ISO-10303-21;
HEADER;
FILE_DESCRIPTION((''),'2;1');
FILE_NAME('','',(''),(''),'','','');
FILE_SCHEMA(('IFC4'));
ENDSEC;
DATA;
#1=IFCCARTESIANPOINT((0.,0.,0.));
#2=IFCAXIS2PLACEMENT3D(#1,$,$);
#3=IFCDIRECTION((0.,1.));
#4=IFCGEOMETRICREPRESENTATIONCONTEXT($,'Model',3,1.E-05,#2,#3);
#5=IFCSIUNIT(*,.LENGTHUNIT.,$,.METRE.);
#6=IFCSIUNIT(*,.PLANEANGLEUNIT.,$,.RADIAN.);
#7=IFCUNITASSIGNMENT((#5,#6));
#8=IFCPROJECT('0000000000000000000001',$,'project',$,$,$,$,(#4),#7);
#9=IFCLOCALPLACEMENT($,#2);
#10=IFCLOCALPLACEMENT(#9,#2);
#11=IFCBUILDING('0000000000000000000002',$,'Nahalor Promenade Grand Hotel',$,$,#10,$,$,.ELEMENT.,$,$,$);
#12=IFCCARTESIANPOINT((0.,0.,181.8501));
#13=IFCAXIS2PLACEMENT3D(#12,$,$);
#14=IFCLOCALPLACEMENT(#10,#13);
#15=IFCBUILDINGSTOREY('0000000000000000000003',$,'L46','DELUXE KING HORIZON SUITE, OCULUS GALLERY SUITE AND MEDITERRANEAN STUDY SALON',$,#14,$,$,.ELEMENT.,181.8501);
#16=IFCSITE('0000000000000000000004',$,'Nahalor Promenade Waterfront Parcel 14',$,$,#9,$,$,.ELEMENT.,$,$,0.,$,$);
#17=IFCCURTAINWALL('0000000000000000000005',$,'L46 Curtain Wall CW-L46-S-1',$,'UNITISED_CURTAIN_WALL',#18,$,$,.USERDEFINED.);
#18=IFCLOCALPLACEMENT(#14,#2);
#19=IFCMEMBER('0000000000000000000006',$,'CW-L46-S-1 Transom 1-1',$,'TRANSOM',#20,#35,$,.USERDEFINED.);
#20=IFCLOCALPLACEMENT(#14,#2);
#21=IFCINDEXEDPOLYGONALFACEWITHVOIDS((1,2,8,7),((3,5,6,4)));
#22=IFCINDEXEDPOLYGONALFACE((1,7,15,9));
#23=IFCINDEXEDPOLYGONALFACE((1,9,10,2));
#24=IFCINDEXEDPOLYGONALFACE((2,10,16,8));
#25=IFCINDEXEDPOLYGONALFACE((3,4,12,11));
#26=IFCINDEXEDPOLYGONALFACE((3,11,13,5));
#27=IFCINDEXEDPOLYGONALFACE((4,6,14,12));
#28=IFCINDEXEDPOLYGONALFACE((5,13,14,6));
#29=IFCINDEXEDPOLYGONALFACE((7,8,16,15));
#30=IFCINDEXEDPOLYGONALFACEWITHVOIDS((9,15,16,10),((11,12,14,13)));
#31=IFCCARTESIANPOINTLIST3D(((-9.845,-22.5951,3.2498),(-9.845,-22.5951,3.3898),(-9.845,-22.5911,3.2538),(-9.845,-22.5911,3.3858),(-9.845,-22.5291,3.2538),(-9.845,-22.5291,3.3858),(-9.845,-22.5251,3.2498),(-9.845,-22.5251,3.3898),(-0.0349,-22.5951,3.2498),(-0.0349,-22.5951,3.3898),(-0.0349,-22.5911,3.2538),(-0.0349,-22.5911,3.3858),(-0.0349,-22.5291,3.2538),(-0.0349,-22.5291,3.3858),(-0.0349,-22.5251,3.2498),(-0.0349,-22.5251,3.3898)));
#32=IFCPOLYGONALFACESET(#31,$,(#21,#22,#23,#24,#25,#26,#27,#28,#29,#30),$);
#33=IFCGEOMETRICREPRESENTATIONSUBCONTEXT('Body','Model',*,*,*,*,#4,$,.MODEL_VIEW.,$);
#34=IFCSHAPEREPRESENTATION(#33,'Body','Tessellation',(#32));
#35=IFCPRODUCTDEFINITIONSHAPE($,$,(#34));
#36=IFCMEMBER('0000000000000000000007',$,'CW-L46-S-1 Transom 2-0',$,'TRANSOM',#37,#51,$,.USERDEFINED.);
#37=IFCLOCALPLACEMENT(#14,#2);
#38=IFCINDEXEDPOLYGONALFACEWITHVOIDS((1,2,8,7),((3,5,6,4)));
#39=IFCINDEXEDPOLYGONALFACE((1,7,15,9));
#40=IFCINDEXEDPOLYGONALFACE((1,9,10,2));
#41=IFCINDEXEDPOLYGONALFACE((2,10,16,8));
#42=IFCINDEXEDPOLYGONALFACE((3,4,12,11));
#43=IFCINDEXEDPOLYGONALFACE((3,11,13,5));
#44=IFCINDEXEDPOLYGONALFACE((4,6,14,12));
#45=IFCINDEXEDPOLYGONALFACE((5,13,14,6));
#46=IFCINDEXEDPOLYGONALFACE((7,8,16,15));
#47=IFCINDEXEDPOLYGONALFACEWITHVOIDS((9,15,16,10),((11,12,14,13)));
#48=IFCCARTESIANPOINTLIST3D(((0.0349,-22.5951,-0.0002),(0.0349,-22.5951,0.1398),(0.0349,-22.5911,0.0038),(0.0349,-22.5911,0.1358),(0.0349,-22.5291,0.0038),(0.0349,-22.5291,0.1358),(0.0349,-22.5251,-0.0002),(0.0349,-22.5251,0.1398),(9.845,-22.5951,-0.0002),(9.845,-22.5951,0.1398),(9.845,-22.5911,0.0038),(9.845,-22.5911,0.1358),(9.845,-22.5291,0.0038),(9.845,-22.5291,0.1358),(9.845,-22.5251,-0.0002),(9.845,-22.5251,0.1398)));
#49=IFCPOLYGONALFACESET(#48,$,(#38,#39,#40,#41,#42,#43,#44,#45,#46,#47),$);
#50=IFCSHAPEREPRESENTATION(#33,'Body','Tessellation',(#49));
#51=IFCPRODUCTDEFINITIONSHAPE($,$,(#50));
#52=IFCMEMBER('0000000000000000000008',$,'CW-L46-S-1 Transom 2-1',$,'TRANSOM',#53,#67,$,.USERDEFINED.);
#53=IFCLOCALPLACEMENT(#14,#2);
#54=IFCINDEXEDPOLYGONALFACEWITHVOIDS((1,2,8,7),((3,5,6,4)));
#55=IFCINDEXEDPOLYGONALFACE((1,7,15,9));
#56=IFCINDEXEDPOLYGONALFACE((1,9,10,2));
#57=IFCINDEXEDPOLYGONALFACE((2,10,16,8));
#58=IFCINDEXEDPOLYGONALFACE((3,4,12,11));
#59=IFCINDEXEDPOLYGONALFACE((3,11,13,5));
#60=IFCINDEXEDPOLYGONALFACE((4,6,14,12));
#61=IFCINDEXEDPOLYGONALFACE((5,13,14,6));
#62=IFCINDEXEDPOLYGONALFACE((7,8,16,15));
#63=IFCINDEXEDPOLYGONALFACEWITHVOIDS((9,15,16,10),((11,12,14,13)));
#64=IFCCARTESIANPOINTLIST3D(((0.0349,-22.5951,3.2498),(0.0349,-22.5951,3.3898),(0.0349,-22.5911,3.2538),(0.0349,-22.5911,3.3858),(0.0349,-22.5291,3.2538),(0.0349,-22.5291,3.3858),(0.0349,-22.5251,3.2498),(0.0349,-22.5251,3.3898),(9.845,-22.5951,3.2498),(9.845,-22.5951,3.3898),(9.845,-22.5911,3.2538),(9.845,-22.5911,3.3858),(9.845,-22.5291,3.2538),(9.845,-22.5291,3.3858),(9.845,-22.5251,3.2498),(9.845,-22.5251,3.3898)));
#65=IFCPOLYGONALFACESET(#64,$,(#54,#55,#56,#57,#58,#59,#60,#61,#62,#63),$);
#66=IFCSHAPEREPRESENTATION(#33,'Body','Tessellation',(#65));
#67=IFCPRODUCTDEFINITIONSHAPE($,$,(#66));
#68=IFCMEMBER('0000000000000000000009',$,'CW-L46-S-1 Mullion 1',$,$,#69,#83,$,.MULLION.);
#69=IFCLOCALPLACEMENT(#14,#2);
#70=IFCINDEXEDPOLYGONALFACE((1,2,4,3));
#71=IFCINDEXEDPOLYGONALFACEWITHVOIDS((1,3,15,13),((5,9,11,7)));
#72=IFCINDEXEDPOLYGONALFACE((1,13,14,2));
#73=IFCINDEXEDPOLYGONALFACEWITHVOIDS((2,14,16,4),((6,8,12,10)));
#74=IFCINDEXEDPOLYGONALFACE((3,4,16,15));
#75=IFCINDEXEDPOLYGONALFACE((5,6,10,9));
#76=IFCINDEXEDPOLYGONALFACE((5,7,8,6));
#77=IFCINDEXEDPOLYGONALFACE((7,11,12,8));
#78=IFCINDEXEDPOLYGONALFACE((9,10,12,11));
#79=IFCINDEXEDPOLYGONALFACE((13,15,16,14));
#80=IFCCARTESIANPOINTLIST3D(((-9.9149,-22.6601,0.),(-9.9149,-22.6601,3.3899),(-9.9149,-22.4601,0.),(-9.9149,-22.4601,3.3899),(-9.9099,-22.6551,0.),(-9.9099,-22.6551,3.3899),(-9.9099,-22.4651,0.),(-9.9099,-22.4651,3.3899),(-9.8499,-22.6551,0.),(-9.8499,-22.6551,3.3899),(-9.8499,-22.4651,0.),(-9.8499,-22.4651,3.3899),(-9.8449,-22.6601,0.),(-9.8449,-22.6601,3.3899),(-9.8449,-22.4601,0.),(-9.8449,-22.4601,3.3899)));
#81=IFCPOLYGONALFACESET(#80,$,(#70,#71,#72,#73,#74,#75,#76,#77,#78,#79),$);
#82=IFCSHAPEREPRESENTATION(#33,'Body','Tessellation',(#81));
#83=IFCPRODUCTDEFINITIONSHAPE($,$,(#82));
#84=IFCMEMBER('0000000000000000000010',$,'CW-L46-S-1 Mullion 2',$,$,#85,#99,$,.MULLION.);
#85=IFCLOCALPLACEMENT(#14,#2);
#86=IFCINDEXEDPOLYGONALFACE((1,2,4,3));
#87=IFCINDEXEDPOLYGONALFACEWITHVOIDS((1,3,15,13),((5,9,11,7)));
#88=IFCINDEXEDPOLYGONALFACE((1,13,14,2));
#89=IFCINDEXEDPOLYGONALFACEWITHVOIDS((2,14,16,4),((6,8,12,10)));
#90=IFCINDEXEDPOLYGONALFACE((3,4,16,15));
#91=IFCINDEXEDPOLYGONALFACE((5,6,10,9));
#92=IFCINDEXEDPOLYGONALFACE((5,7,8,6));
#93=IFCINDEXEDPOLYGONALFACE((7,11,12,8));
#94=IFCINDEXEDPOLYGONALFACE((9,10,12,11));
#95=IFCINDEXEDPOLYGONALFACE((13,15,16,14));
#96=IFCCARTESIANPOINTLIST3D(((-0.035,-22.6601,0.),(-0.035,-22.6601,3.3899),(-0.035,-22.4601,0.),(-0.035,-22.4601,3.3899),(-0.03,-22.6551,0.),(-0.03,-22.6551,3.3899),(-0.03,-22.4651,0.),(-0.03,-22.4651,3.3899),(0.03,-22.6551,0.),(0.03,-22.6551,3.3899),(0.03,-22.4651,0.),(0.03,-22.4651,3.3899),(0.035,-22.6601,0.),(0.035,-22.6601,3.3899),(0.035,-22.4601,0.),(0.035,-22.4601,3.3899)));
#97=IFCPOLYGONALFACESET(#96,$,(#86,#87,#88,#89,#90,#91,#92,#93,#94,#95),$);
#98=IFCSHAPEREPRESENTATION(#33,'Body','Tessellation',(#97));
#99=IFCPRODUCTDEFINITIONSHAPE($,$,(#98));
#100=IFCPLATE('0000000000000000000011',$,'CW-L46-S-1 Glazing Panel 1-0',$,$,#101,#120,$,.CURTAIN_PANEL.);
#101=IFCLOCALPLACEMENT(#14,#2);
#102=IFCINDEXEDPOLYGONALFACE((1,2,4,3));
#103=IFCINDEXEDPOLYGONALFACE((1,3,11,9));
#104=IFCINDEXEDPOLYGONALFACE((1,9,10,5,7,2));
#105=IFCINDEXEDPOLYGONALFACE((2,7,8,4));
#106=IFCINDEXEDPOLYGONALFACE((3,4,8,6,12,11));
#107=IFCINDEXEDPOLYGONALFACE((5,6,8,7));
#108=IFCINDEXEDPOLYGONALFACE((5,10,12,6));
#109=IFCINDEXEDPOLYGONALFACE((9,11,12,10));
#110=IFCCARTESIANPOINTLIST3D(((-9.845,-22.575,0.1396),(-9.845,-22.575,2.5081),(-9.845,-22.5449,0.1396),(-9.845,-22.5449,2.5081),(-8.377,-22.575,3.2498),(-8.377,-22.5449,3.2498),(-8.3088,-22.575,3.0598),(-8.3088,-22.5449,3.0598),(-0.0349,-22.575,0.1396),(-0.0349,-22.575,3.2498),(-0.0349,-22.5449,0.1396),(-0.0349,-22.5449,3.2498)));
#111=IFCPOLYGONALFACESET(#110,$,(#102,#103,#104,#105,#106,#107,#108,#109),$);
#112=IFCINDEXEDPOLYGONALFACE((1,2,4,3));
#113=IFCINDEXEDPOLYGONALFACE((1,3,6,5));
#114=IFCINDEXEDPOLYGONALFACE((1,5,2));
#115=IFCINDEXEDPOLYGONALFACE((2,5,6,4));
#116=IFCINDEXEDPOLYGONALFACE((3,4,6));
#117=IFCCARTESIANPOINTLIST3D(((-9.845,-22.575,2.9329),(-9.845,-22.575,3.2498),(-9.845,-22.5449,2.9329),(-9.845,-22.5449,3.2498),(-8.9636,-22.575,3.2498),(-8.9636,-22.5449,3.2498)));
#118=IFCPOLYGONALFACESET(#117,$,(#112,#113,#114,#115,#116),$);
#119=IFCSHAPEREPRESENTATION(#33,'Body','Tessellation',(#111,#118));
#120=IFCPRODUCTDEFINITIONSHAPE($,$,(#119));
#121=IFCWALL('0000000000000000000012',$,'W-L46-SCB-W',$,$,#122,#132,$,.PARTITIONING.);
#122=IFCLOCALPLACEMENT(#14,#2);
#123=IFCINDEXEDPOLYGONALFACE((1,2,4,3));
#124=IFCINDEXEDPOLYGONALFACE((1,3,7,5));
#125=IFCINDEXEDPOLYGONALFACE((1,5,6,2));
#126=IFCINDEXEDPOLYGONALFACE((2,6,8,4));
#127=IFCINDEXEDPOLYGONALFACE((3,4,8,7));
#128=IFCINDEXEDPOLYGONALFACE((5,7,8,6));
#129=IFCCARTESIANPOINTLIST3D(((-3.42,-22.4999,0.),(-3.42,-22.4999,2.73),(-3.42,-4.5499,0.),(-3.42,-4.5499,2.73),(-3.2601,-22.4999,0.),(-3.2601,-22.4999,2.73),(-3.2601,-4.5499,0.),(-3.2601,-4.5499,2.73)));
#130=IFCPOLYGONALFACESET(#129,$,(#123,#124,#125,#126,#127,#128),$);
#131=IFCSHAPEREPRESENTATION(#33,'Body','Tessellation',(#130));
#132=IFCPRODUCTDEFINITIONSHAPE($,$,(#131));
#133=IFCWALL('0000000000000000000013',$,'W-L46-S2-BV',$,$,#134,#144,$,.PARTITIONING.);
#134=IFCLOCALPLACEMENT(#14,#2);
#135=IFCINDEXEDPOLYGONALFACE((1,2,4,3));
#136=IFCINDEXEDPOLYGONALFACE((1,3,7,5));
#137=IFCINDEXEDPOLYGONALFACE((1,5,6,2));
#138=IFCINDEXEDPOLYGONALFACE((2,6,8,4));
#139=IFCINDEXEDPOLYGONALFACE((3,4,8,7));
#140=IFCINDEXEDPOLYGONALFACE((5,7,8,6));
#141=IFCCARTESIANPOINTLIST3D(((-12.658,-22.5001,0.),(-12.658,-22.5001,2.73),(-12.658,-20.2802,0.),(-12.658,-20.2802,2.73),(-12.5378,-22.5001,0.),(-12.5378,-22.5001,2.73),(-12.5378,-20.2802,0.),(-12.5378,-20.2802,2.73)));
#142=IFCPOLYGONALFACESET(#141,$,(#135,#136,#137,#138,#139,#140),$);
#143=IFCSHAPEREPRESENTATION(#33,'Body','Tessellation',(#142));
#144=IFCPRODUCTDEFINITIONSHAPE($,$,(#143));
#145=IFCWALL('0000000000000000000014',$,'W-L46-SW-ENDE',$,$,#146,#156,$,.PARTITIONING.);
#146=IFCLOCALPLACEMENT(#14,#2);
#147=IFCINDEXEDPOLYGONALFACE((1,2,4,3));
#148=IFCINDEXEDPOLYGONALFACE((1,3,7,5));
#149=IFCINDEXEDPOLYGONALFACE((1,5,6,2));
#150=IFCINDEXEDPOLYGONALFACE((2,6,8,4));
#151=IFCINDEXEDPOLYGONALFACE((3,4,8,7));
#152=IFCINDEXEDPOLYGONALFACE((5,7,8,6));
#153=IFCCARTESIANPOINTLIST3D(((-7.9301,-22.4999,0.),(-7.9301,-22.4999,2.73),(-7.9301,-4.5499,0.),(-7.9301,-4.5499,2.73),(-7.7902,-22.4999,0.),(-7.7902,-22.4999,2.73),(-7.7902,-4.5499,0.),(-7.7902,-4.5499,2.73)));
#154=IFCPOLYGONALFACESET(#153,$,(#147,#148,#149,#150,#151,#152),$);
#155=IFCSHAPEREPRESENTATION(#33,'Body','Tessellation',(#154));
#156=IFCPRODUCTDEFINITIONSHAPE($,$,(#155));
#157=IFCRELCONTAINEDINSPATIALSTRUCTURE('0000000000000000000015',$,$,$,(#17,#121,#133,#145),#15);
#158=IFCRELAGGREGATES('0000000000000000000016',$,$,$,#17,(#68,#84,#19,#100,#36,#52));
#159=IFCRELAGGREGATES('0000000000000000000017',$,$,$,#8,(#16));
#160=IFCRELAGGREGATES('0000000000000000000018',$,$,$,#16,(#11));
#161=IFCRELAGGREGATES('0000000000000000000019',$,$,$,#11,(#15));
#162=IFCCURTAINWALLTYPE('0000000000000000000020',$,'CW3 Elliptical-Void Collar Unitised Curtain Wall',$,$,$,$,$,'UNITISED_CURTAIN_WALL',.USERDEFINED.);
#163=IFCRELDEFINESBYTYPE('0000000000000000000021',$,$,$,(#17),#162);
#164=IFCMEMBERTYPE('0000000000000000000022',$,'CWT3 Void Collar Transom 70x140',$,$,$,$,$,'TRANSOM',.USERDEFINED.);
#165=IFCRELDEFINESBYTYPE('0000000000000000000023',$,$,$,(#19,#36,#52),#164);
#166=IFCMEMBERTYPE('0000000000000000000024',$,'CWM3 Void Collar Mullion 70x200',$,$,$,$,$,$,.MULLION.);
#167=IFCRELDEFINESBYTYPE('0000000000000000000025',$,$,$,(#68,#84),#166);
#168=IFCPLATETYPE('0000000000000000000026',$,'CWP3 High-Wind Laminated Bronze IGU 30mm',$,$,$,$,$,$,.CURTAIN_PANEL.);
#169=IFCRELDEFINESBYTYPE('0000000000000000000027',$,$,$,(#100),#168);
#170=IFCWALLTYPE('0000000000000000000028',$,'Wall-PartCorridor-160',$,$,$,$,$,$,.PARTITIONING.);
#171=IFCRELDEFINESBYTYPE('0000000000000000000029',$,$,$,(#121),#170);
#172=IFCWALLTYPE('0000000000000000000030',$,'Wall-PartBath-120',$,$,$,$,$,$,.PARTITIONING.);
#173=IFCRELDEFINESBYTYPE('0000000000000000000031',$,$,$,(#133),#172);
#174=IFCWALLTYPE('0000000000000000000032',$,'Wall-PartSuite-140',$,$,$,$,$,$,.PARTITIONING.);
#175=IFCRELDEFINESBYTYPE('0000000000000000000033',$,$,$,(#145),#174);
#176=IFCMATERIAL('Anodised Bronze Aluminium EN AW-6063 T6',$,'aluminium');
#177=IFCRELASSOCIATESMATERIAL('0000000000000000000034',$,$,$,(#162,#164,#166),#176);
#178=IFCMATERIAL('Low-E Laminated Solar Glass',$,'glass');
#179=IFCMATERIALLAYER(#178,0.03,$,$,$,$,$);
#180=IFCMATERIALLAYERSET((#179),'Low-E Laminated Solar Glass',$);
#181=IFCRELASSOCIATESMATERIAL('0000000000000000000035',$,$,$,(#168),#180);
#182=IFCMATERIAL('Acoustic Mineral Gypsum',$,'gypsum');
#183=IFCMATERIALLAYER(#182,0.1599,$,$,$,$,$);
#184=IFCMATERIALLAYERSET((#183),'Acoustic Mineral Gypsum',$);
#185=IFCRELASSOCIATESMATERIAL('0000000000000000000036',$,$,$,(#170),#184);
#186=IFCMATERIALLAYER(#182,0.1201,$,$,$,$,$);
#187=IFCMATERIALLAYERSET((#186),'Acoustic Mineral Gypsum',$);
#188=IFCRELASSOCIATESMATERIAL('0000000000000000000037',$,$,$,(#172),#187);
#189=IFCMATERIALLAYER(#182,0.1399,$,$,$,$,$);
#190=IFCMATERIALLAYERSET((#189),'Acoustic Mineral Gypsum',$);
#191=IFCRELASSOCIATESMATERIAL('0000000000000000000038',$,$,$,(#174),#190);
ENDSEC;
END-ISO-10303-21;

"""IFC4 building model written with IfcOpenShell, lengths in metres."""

from ifc_helpers import new_model, si_unit, direction, frame, frame_2d, origin, origin_2d, place, context, subcontext, project, spatial, polyline, rectangle, hollow_rectangle, outline, extrude, source, transform, mapped, material, layer, layer_set, material_profile, profile_set, type_object, element, aggregate, save


model = new_model("IFC4")

# Units and contexts
model_context = context("Model", 3, precision=1e-05, world=origin(), true_north=direction((0.0, 1.0)))
body_context = subcontext(model_context, "Body", "Model", "MODEL_VIEW")
ifc_project = project(units=[si_unit("LENGTHUNIT", "METRE"), si_unit("PLANEANGLEUNIT", "RADIAN")], contexts=[model_context])

# Site, building, storey
site_placement = place(None, origin())
site = spatial("IfcSite", under=ifc_project, at=site_placement, Name="Nahalor Promenade Waterfront Parcel 14", CompositionType="ELEMENT", RefElevation=0.0)
building_placement = place(site_placement, origin())
building = spatial("IfcBuilding", under=site, at=building_placement, Name="Nahalor Promenade Grand Hotel", CompositionType="ELEMENT")
storey_placement = place(building_placement, frame((0.0, 0.0, 181.8501)))
storey = spatial("IfcBuildingStorey", under=building, at=storey_placement, Name="L46", Description="DELUXE KING HORIZON SUITE, OCULUS GALLERY SUITE AND MEDITERRANEAN STUDY SALON", CompositionType="ELEMENT", Elevation=181.8501)

# Curtain wall, members, plate
ifc_material_1 = material(Name="Anodised Bronze Aluminium EN AW-6063 T6", Category="aluminium")
curtain_wall_type = type_object("IfcCurtainWallType", Name="CW3 Elliptical-Void Collar Unitised Curtain Wall", ElementType="UNITISED_CURTAIN_WALL", PredefinedType="USERDEFINED", material=ifc_material_1)
curtain_wall_placement = place(storey_placement, origin())
curtain_wall = element("IfcCurtainWall", 1, at=curtain_wall_placement, inside=storey, type_object=curtain_wall_type, Name="L46 Curtain Wall CW-L46-S-1", ObjectType="UNITISED_CURTAIN_WALL", PredefinedType="USERDEFINED")
ifc_material_profile_1 = material_profile(ifc_material_1, hollow_rectangle(XDim=0.07, YDim=0.14, WallThickness=0.004, at=origin_2d()), Name="CWT 70x140x4")
ifc_profile_set_1 = profile_set([ifc_material_profile_1], Name="Anodised Bronze Aluminium EN AW-6063 T6")
member_type_1 = type_object("IfcMemberType", Name="CWT3 Void Collar Transom 70x140", ElementType="TRANSOM", PredefinedType="USERDEFINED", material=ifc_profile_set_1)
shared_shape_1 = source(origin(), body_context, "Body", "SweptSolid", [
    extrude(hollow_rectangle(XDim=0.07, YDim=0.14, WallThickness=0.004, at=origin_2d()), origin(), (0.0, 0.0, 1.0), 9.8101),
])
member_1_placement = place(storey_placement, frame((-9.845, -22.5601, 3.3198), z_axis=(1.0, 0.0, 0.0), x_axis=(0.0, 1.0, 0.0)))
member_1 = element("IfcMember", 2, at=member_1_placement, type_object=member_type_1, Name="CW-L46-S-1 Transom 1-1", ObjectType="TRANSOM", PredefinedType="USERDEFINED", context=body_context, shape_type="MappedRepresentation", body=[
    mapped(shared_shape_1, transform((0.0, 0.0, 0.0), scale=1.0)),
])
member_2_placement = place(storey_placement, frame((0.0349, -22.5601, 0.0698), z_axis=(1.0, 0.0, 0.0), x_axis=(0.0, 1.0, 0.0)))
member_2 = element("IfcMember", 3, at=member_2_placement, type_object=member_type_1, Name="CW-L46-S-1 Transom 2-0", ObjectType="TRANSOM", PredefinedType="USERDEFINED", context=body_context, shape_type="MappedRepresentation", body=[
    mapped(shared_shape_1, transform((0.0, 0.0, 0.0), scale=1.0)),
])
member_3_placement = place(storey_placement, frame((0.0349, -22.5601, 3.3198), z_axis=(1.0, 0.0, 0.0), x_axis=(0.0, 1.0, 0.0)))
member_3 = element("IfcMember", 4, at=member_3_placement, type_object=member_type_1, Name="CW-L46-S-1 Transom 2-1", ObjectType="TRANSOM", PredefinedType="USERDEFINED", context=body_context, shape_type="MappedRepresentation", body=[
    mapped(shared_shape_1, transform((0.0, 0.0, 0.0), scale=1.0)),
])
ifc_material_profile_2 = material_profile(ifc_material_1, hollow_rectangle(XDim=0.07, YDim=0.2, WallThickness=0.005, at=origin_2d()), Name="CWM 70x200x5")
ifc_profile_set_2 = profile_set([ifc_material_profile_2], Name="Anodised Bronze Aluminium EN AW-6063 T6")
member_type_2 = type_object("IfcMemberType", Name="CWM3 Void Collar Mullion 70x200", PredefinedType="MULLION", material=ifc_profile_set_2)
shared_shape_2 = source(origin(), body_context, "Body", "SweptSolid", [
    extrude(hollow_rectangle(XDim=0.07, YDim=0.2, WallThickness=0.005, at=origin_2d()), origin(), (0.0, 0.0, 1.0), 3.3899),
])
member_4_placement = place(storey_placement, frame((-9.8799, -22.5601, 0.0), z_axis=(0.0, 0.0, 1.0), x_axis=(1.0, 0.0, 0.0)))
member_4 = element("IfcMember", 5, at=member_4_placement, type_object=member_type_2, Name="CW-L46-S-1 Mullion 1", PredefinedType="MULLION", context=body_context, shape_type="MappedRepresentation", body=[
    mapped(shared_shape_2, transform((0.0, 0.0, 0.0), scale=1.0)),
])
member_5_placement = place(storey_placement, frame((0.0, -22.5601, 0.0), z_axis=(0.0, 0.0, 1.0), x_axis=(1.0, 0.0, 0.0)))
member_5 = element("IfcMember", 6, at=member_5_placement, type_object=member_type_2, Name="CW-L46-S-1 Mullion 2", PredefinedType="MULLION", context=body_context, shape_type="MappedRepresentation", body=[
    mapped(shared_shape_2, transform((0.0, 0.0, 0.0), scale=1.0)),
])
ifc_material_2 = material(Name="Low-E Laminated Solar Glass", Category="glass")
ifc_layer_1 = layer(ifc_material_2, 0.03)
ifc_layer_set_1 = layer_set([ifc_layer_1], Name="Low-E Laminated Solar Glass")
plate_type = type_object("IfcPlateType", Name="CWP3 High-Wind Laminated Bronze IGU 30mm", PredefinedType="CURTAIN_PANEL", material=ifc_layer_set_1)
plate_placement = place(storey_placement, frame((-4.9399, -22.5601, 0.1396), z_axis=(0.0, 0.0, 1.0), x_axis=(1.0, 0.0, 0.0)))
plate = element("IfcPlate", 7, at=plate_placement, type_object=plate_type, Name="CW-L46-S-1 Glazing Panel 1-0", PredefinedType="CURTAIN_PANEL", context=body_context, shape_type="SweptSolid", body=[
    extrude(outline(polyline([(4.905, 0.0), (4.905, 3.1101), (-3.437, 3.1101), (-3.3689, 2.9202), (-4.905, 2.3684), (-4.905, 0.0), (4.905, 0.0)])), frame((0.0, 0.0151, 0.0), z_axis=(0.0, -1.0, 0.0), x_axis=(1.0, 0.0, 0.0)), (0.0, 0.0, 1.0), 0.03),
    extrude(outline(polyline([(-4.0237, 3.1101), (-4.905, 3.1101), (-4.905, 2.7932), (-4.0237, 3.1101)])), frame((0.0, 0.0151, 0.0), z_axis=(0.0, -1.0, 0.0), x_axis=(1.0, 0.0, 0.0)), (0.0, 0.0, 1.0), 0.03),
])
aggregate(curtain_wall, [member_4, member_5, member_1, plate, member_2, member_3])

# Walls
ifc_material_3 = material(Name="Acoustic Mineral Gypsum", Category="gypsum")
ifc_layer_2 = layer(ifc_material_3, 0.1599)
ifc_layer_set_2 = layer_set([ifc_layer_2], Name="Acoustic Mineral Gypsum")
wall_type_1 = type_object("IfcWallType", Name="Wall-PartCorridor-160", PredefinedType="PARTITIONING", material=ifc_layer_set_2)
shared_shape_3 = source(origin(), body_context, "Body", "SweptSolid", [
    extrude(rectangle(XDim=17.95, YDim=0.1599, at=frame_2d((8.9751, 0.0))), origin(), (0.0, 0.0, 1.0), 2.73),
])
wall_1_placement = place(storey_placement, frame((-3.3401, -22.5, 0.0), z_axis=(0.0, 0.0, 1.0), x_axis=(0.0, 1.0, 0.0)))
element("IfcWall", 8, at=wall_1_placement, inside=storey, type_object=wall_type_1, Name="W-L46-SCB-W", PredefinedType="PARTITIONING", context=body_context, shape_type="MappedRepresentation", body=[
    mapped(shared_shape_3, transform((0.0, 0.0, 0.0), scale=1.0)),
])
ifc_layer_3 = layer(ifc_material_3, 0.1201)
ifc_layer_set_3 = layer_set([ifc_layer_3], Name="Acoustic Mineral Gypsum")
wall_type_2 = type_object("IfcWallType", Name="Wall-PartBath-120", PredefinedType="PARTITIONING", material=ifc_layer_set_3)
shared_shape_4 = source(origin(), body_context, "Body", "SweptSolid", [
    extrude(rectangle(XDim=2.22, YDim=0.1201, at=frame_2d((1.1099, 0.0))), origin(), (0.0, 0.0, 1.0), 2.73),
])
wall_2_placement = place(storey_placement, frame((-12.5979, -22.5, 0.0), z_axis=(0.0, 0.0, 1.0), x_axis=(0.0, 1.0, 0.0)))
element("IfcWall", 9, at=wall_2_placement, inside=storey, type_object=wall_type_2, Name="W-L46-S2-BV", PredefinedType="PARTITIONING", context=body_context, shape_type="MappedRepresentation", body=[
    mapped(shared_shape_4, transform((0.0, 0.0, 0.0), scale=1.0)),
])
ifc_layer_4 = layer(ifc_material_3, 0.1399)
ifc_layer_set_4 = layer_set([ifc_layer_4], Name="Acoustic Mineral Gypsum")
wall_type_3 = type_object("IfcWallType", Name="Wall-PartSuite-140", PredefinedType="PARTITIONING", material=ifc_layer_set_4)
shared_shape_5 = source(origin(), body_context, "Body", "SweptSolid", [
    extrude(rectangle(XDim=17.95, YDim=0.1399, at=frame_2d((8.9751, 0.0))), origin(), (0.0, 0.0, 1.0), 2.73),
])
wall_3_placement = place(storey_placement, frame((-7.8601, -22.5, 0.0), z_axis=(0.0, 0.0, 1.0), x_axis=(0.0, 1.0, 0.0)))
element("IfcWall", 10, at=wall_3_placement, inside=storey, type_object=wall_type_3, Name="W-L46-SW-ENDE", PredefinedType="PARTITIONING", context=body_context, shape_type="MappedRepresentation", body=[
    mapped(shared_shape_5, transform((0.0, 0.0, 0.0), scale=1.0)),
])

save(model, "model.ifc")
